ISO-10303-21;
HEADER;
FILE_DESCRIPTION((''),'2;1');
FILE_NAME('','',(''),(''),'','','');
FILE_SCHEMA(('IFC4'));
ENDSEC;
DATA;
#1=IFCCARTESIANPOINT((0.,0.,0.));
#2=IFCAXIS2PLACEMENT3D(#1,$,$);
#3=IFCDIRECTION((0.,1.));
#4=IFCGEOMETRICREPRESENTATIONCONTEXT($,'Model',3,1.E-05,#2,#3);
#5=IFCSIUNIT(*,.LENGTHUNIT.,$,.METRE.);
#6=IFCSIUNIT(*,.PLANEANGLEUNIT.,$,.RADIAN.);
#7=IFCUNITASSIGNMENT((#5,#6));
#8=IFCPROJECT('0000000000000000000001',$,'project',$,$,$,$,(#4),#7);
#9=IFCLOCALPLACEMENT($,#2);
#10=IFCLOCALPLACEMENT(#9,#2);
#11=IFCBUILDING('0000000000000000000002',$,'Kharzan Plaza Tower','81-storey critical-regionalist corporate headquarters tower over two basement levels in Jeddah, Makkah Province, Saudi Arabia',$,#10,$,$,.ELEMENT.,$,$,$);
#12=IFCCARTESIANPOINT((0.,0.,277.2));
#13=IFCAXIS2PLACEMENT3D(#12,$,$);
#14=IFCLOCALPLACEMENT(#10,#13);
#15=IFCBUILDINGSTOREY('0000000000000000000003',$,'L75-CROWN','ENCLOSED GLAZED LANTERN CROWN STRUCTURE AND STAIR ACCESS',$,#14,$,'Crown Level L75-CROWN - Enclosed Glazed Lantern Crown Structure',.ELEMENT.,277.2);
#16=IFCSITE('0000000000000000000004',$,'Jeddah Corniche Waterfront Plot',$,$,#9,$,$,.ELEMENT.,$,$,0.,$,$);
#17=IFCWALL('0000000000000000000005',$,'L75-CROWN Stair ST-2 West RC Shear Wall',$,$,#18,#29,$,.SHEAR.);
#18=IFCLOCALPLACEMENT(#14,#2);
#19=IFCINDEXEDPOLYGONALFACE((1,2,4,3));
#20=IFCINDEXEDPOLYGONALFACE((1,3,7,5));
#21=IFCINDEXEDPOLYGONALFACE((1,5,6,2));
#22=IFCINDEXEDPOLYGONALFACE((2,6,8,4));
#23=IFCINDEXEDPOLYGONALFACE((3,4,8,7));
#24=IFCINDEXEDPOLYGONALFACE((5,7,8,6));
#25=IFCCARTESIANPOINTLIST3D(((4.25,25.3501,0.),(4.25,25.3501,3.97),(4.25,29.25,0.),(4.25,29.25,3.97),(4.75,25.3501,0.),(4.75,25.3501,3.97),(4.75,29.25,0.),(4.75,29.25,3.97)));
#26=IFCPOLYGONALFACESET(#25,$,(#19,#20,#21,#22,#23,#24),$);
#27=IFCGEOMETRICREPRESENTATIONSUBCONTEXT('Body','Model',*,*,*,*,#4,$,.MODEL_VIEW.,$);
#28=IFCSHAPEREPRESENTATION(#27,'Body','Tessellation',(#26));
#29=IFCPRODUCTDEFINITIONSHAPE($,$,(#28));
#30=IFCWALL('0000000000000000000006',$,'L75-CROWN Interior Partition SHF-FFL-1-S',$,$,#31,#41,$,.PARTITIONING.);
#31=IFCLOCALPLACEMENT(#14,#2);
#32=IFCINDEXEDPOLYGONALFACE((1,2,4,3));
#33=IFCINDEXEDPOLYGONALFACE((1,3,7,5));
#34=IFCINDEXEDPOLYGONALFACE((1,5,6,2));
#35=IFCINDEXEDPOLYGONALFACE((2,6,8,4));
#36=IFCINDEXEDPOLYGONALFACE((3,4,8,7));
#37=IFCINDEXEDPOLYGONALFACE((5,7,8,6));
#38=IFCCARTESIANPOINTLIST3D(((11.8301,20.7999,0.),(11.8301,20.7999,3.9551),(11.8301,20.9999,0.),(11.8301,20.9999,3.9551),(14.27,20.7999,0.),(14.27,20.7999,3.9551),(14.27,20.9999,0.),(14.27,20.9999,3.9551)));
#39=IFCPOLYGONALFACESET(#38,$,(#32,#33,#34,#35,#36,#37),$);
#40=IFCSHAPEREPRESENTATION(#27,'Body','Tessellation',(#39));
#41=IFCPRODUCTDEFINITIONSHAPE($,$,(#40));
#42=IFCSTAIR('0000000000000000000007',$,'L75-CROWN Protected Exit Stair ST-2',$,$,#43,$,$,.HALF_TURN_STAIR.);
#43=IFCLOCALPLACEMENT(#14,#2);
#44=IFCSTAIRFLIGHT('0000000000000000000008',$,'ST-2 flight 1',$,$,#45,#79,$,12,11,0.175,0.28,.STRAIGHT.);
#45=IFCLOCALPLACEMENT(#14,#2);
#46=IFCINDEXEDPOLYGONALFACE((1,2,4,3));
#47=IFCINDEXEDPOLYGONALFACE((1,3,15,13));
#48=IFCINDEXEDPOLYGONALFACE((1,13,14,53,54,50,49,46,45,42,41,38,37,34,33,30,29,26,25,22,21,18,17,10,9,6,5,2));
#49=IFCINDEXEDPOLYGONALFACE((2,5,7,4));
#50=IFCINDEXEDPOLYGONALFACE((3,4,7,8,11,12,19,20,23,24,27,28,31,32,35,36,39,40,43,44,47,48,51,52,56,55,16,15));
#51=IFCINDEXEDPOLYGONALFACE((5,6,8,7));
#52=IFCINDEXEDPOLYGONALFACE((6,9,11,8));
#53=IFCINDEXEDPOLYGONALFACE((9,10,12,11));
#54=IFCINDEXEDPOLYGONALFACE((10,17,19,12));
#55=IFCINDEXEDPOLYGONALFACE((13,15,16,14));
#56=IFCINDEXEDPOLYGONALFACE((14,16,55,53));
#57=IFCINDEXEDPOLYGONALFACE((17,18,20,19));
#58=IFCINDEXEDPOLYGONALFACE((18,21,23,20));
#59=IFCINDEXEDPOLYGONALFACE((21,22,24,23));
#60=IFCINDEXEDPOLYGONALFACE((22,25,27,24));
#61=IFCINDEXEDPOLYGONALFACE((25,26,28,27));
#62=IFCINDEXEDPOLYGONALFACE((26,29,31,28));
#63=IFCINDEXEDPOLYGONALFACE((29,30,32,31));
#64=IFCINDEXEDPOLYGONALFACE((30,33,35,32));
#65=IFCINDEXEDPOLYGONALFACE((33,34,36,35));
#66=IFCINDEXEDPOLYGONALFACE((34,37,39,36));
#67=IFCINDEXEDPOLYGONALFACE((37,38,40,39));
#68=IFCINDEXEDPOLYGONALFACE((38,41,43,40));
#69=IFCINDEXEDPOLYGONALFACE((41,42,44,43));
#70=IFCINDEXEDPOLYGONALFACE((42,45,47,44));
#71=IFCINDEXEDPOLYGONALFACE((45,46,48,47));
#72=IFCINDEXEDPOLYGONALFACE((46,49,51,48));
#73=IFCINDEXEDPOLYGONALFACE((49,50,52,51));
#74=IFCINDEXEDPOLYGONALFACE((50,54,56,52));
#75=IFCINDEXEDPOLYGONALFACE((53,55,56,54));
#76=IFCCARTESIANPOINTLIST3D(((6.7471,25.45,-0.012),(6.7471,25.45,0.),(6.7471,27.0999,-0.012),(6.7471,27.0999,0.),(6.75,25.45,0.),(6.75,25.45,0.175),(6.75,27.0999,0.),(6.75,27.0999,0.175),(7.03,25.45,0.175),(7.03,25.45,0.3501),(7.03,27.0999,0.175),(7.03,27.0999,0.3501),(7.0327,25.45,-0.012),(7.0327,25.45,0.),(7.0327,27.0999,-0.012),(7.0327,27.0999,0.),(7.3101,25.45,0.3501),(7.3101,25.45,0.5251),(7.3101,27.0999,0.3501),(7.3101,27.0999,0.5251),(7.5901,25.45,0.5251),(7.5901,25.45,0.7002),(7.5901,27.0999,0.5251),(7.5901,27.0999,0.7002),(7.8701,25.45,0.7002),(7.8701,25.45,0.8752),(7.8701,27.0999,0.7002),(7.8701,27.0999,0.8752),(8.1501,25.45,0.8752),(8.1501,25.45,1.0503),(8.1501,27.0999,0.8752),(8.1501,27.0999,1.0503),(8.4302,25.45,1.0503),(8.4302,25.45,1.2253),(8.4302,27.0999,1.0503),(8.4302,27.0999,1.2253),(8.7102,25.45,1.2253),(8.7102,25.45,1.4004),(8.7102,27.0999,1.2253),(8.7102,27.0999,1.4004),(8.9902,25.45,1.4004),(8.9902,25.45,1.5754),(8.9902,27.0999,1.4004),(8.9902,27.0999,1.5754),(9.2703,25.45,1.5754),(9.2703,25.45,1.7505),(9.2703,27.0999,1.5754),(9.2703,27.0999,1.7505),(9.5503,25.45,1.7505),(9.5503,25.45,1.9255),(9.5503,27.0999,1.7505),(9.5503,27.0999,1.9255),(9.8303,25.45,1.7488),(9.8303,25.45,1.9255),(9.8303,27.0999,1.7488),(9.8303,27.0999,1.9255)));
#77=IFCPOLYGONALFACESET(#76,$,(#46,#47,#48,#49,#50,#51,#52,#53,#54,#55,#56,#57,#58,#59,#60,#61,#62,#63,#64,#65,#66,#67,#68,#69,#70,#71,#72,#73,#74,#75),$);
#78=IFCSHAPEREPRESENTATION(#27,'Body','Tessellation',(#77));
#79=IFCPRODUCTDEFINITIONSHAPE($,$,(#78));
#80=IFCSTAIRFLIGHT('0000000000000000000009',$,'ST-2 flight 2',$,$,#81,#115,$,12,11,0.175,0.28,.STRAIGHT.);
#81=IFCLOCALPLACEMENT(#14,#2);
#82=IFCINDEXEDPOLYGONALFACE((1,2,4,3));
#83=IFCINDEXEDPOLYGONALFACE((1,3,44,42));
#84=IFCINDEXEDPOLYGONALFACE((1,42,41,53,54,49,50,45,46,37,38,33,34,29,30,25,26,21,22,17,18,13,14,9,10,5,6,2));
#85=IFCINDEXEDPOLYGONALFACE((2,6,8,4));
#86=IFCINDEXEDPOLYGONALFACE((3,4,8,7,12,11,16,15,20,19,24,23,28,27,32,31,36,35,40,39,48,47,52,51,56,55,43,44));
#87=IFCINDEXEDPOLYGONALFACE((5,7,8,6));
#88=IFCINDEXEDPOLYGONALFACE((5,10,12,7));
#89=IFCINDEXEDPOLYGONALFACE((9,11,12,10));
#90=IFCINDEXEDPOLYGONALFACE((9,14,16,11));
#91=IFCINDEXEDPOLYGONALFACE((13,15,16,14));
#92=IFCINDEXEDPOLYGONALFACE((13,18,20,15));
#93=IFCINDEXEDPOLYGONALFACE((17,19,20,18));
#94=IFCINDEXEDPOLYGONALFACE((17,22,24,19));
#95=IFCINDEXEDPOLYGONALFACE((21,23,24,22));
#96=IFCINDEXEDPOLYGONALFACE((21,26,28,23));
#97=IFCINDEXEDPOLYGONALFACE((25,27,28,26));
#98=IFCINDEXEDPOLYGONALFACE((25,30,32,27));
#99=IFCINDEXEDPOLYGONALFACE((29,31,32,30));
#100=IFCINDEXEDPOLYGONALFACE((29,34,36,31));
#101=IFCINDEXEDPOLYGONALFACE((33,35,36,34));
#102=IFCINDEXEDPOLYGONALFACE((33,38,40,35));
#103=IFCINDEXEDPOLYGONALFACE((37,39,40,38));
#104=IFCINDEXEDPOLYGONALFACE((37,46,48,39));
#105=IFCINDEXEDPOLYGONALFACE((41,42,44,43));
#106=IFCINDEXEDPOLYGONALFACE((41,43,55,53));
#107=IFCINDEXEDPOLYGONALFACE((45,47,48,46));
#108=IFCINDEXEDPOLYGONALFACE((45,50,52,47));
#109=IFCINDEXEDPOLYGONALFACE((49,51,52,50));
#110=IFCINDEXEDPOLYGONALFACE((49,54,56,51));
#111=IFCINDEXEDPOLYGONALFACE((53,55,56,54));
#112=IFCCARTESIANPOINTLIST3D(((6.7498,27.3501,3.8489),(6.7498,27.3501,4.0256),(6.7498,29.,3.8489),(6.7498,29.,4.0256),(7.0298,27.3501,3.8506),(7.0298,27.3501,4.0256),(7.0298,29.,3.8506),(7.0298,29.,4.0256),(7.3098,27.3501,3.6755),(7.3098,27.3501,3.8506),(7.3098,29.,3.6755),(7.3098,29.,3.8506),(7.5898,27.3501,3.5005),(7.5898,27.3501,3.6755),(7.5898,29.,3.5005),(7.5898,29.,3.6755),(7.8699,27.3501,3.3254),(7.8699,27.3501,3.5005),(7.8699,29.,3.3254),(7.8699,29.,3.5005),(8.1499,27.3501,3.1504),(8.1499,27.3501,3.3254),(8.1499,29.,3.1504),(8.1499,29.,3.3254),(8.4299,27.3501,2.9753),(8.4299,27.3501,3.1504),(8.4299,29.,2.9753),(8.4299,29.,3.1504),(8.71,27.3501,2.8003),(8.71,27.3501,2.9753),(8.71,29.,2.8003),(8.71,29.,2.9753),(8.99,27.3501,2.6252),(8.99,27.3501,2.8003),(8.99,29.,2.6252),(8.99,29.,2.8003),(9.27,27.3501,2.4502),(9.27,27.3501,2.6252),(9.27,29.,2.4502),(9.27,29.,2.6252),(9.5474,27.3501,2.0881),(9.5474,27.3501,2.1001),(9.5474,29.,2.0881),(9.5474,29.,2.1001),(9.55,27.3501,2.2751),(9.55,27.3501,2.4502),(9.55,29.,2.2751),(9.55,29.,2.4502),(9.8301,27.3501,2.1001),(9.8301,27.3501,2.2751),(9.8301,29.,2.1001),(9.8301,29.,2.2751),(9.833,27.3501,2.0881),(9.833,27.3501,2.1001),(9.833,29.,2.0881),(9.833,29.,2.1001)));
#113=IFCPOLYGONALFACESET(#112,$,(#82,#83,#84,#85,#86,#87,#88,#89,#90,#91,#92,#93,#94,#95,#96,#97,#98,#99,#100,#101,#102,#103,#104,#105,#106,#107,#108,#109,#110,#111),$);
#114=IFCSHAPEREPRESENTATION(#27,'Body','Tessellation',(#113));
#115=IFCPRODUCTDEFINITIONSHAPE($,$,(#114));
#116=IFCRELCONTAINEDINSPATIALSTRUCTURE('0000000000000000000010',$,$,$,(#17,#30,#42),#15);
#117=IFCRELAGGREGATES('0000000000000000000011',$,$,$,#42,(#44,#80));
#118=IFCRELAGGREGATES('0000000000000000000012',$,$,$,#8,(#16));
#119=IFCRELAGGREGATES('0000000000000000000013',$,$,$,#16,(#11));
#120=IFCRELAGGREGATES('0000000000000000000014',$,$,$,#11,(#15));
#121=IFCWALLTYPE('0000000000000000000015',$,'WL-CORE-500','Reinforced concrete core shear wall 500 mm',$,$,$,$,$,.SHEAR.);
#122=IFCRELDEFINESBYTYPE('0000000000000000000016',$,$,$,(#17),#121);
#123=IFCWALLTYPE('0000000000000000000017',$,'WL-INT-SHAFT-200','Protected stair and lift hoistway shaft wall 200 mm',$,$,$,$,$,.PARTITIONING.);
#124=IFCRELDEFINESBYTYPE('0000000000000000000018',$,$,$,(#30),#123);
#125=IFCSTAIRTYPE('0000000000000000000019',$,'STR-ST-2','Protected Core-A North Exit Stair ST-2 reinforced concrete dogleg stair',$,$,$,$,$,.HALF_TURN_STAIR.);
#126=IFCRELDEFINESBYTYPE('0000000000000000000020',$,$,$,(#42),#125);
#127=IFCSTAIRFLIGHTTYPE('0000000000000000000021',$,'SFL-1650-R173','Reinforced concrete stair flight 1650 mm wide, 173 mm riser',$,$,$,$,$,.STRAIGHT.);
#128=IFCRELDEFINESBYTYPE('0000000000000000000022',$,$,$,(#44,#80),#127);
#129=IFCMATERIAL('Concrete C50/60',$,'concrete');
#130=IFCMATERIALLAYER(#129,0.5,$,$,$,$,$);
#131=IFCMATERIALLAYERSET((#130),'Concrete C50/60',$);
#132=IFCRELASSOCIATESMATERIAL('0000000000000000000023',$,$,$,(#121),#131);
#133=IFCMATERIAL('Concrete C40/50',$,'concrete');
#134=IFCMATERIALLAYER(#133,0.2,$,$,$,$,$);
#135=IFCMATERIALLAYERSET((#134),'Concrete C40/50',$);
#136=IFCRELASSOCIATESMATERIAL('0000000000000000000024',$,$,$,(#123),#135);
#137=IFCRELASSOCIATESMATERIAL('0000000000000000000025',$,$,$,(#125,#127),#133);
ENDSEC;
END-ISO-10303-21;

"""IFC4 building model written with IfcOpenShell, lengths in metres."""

from ifc_helpers import new_model, si_unit, direction, frame, frame_2d, origin, place, context, subcontext, project, spatial, polyline, rectangle, outline, extrude, source, transform, mapped, material, layer, layer_set, type_object, element, aggregate, save


model = new_model("IFC4")

# Units and contexts
model_context = context("Model", 3, precision=1e-05, world=origin(), true_north=direction((0.0, 1.0)))
body_context = subcontext(model_context, "Body", "Model", "MODEL_VIEW")
ifc_project = project(units=[si_unit("LENGTHUNIT", "METRE"), si_unit("PLANEANGLEUNIT", "RADIAN")], contexts=[model_context])

# Site, building, storey
site_placement = place(None, origin())
site = spatial("IfcSite", under=ifc_project, at=site_placement, Name="Jeddah Corniche Waterfront Plot", CompositionType="ELEMENT", RefElevation=0.0)
building_placement = place(site_placement, origin())
building = spatial("IfcBuilding", under=site, at=building_placement, Name="Kharzan Plaza Tower", Description="81-storey critical-regionalist corporate headquarters tower over two basement levels in Jeddah, Makkah Province, Saudi Arabia", CompositionType="ELEMENT")
storey_placement = place(building_placement, frame((0.0, 0.0, 277.2)))
storey = spatial("IfcBuildingStorey", under=building, at=storey_placement, Name="L75-CROWN", Description="ENCLOSED GLAZED LANTERN CROWN STRUCTURE AND STAIR ACCESS", LongName="Crown Level L75-CROWN - Enclosed Glazed Lantern Crown Structure", CompositionType="ELEMENT", Elevation=277.2)

# Shared definitions
ifc_material_1 = material(Name="Concrete C50/60", Category="concrete")

# Walls
ifc_layer_1 = layer(ifc_material_1, 0.5)
ifc_layer_set_1 = layer_set([ifc_layer_1], Name="Concrete C50/60")
wall_type_1 = type_object("IfcWallType", Name="WL-CORE-500", Description="Reinforced concrete core shear wall 500 mm", PredefinedType="SHEAR", material=ifc_layer_set_1)
shared_shape_1 = source(origin(), body_context, "Body", "SweptSolid", [
    extrude(rectangle(XDim=3.8999, YDim=0.5, at=frame_2d((1.95, 0.0))), origin(), (0.0, 0.0, 1.0), 3.97),
])
wall_1_placement = place(storey_placement, frame((4.5, 25.3501, 0.0), z_axis=(0.0, 0.0, 1.0), x_axis=(0.0, 1.0, 0.0)))
element("IfcWall", 1, at=wall_1_placement, inside=storey, type_object=wall_type_1, Name="L75-CROWN Stair ST-2 West RC Shear Wall", PredefinedType="SHEAR", context=body_context, shape_type="MappedRepresentation", body=[
    mapped(shared_shape_1, transform((0.0, 0.0, 0.0), x_axis=(1.0, 0.0, 0.0), y_axis=(0.0, 1.0, 0.0), z_axis=(0.0, 0.0, 1.0))),
])
ifc_material_2 = material(Name="Concrete C40/50", Category="concrete")
ifc_layer_2 = layer(ifc_material_2, 0.2)
ifc_layer_set_2 = layer_set([ifc_layer_2], Name="Concrete C40/50")
wall_type_2 = type_object("IfcWallType", Name="WL-INT-SHAFT-200", Description="Protected stair and lift hoistway shaft wall 200 mm", PredefinedType="PARTITIONING", material=ifc_layer_set_2)
shared_shape_2 = source(origin(), body_context, "Body", "SweptSolid", [
    extrude(rectangle(XDim=2.4399, YDim=0.2, at=frame_2d((1.22, 0.0))), origin(), (0.0, 0.0, 1.0), 3.9551),
])
wall_2_placement = place(storey_placement, frame((11.8301, 20.8999, 0.0), z_axis=(0.0, 0.0, 1.0), x_axis=(1.0, 0.0, 0.0)))
element("IfcWall", 2, at=wall_2_placement, inside=storey, type_object=wall_type_2, Name="L75-CROWN Interior Partition SHF-FFL-1-S", PredefinedType="PARTITIONING", context=body_context, shape_type="MappedRepresentation", body=[
    mapped(shared_shape_2, transform((0.0, 0.0, 0.0), x_axis=(1.0, 0.0, 0.0), y_axis=(0.0, 1.0, 0.0), z_axis=(0.0, 0.0, 1.0))),
])

# Stair, stair flights
stair_type = type_object("IfcStairType", Name="STR-ST-2", Description="Protected Core-A North Exit Stair ST-2 reinforced concrete dogleg stair", PredefinedType="HALF_TURN_STAIR", material=ifc_material_2)
stair_placement = place(storey_placement, origin())
stair = element("IfcStair", 3, at=stair_placement, inside=storey, type_object=stair_type, Name="L75-CROWN Protected Exit Stair ST-2", PredefinedType="HALF_TURN_STAIR")
stair_flight_type = type_object("IfcStairFlightType", Name="SFL-1650-R173", Description="Reinforced concrete stair flight 1650 mm wide, 173 mm riser", PredefinedType="STRAIGHT", material=ifc_material_2)
shared_shape_3 = source(origin(), body_context, "Body", "SweptSolid", [
    extrude(outline(polyline([(-0.0029, -0.012), (-0.0029, 0.0), (0.0, 0.0), (0.0, 0.175), (0.28, 0.175), (0.28, 0.3501), (0.5601, 0.3501), (0.5601, 0.5251), (0.8401, 0.5251), (0.8401, 0.7002), (1.1201, 0.7002), (1.1201, 0.8752), (1.4001, 0.8752), (1.4001, 1.0503), (1.6802, 1.0503), (1.6802, 1.2253), (1.9602, 1.2253), (1.9602, 1.4004), (2.2402, 1.4004), (2.2402, 1.5754), (2.5203, 1.5754), (2.5203, 1.7505), (2.8003, 1.7505), (2.8003, 1.9255), (3.0803, 1.9255), (3.0803, 2.1006), (3.0803, 1.7488), (0.2827, 0.0), (0.2827, -0.012), (-0.0029, -0.012)])), frame((0.0, 0.825, 0.0), z_axis=(0.0, -1.0, 0.0), x_axis=(1.0, 0.0, 0.0)), (0.0, 0.0, 1.0), 1.6499),
])
stair_flight_1_placement = place(storey_placement, frame((6.75, 26.2749, 0.0), z_axis=(0.0, 0.0, 1.0), x_axis=(1.0, 0.0, 0.0)))
stair_flight_1 = element("IfcStairFlight", 4, at=stair_flight_1_placement, type_object=stair_flight_type, Name="ST-2 flight 1", NumberOfRisers=12, NumberOfTreads=11, PredefinedType="STRAIGHT", RiserHeight=0.175, TreadLength=0.28, context=body_context, shape_type="MappedRepresentation", body=[
    mapped(shared_shape_3, transform((0.0, 0.0, 0.0), x_axis=(1.0, 0.0, 0.0), y_axis=(0.0, 1.0, 0.0), z_axis=(0.0, 0.0, 1.0))),
])
stair_flight_2_placement = place(storey_placement, frame((9.8301, 28.175, 2.1001), z_axis=(0.0, 0.0, 1.0), x_axis=(-1.0, 0.0, 0.0)))
stair_flight_2 = element("IfcStairFlight", 5, at=stair_flight_2_placement, type_object=stair_flight_type, Name="ST-2 flight 2", NumberOfRisers=12, NumberOfTreads=11, PredefinedType="STRAIGHT", RiserHeight=0.175, TreadLength=0.28, context=body_context, shape_type="MappedRepresentation", body=[
    mapped(shared_shape_3, transform((0.0, 0.0, 0.0), x_axis=(1.0, 0.0, 0.0), y_axis=(0.0, 1.0, 0.0), z_axis=(0.0, 0.0, 1.0))),
])
aggregate(stair, [stair_flight_1, stair_flight_2])

save(model, "model.ifc")
